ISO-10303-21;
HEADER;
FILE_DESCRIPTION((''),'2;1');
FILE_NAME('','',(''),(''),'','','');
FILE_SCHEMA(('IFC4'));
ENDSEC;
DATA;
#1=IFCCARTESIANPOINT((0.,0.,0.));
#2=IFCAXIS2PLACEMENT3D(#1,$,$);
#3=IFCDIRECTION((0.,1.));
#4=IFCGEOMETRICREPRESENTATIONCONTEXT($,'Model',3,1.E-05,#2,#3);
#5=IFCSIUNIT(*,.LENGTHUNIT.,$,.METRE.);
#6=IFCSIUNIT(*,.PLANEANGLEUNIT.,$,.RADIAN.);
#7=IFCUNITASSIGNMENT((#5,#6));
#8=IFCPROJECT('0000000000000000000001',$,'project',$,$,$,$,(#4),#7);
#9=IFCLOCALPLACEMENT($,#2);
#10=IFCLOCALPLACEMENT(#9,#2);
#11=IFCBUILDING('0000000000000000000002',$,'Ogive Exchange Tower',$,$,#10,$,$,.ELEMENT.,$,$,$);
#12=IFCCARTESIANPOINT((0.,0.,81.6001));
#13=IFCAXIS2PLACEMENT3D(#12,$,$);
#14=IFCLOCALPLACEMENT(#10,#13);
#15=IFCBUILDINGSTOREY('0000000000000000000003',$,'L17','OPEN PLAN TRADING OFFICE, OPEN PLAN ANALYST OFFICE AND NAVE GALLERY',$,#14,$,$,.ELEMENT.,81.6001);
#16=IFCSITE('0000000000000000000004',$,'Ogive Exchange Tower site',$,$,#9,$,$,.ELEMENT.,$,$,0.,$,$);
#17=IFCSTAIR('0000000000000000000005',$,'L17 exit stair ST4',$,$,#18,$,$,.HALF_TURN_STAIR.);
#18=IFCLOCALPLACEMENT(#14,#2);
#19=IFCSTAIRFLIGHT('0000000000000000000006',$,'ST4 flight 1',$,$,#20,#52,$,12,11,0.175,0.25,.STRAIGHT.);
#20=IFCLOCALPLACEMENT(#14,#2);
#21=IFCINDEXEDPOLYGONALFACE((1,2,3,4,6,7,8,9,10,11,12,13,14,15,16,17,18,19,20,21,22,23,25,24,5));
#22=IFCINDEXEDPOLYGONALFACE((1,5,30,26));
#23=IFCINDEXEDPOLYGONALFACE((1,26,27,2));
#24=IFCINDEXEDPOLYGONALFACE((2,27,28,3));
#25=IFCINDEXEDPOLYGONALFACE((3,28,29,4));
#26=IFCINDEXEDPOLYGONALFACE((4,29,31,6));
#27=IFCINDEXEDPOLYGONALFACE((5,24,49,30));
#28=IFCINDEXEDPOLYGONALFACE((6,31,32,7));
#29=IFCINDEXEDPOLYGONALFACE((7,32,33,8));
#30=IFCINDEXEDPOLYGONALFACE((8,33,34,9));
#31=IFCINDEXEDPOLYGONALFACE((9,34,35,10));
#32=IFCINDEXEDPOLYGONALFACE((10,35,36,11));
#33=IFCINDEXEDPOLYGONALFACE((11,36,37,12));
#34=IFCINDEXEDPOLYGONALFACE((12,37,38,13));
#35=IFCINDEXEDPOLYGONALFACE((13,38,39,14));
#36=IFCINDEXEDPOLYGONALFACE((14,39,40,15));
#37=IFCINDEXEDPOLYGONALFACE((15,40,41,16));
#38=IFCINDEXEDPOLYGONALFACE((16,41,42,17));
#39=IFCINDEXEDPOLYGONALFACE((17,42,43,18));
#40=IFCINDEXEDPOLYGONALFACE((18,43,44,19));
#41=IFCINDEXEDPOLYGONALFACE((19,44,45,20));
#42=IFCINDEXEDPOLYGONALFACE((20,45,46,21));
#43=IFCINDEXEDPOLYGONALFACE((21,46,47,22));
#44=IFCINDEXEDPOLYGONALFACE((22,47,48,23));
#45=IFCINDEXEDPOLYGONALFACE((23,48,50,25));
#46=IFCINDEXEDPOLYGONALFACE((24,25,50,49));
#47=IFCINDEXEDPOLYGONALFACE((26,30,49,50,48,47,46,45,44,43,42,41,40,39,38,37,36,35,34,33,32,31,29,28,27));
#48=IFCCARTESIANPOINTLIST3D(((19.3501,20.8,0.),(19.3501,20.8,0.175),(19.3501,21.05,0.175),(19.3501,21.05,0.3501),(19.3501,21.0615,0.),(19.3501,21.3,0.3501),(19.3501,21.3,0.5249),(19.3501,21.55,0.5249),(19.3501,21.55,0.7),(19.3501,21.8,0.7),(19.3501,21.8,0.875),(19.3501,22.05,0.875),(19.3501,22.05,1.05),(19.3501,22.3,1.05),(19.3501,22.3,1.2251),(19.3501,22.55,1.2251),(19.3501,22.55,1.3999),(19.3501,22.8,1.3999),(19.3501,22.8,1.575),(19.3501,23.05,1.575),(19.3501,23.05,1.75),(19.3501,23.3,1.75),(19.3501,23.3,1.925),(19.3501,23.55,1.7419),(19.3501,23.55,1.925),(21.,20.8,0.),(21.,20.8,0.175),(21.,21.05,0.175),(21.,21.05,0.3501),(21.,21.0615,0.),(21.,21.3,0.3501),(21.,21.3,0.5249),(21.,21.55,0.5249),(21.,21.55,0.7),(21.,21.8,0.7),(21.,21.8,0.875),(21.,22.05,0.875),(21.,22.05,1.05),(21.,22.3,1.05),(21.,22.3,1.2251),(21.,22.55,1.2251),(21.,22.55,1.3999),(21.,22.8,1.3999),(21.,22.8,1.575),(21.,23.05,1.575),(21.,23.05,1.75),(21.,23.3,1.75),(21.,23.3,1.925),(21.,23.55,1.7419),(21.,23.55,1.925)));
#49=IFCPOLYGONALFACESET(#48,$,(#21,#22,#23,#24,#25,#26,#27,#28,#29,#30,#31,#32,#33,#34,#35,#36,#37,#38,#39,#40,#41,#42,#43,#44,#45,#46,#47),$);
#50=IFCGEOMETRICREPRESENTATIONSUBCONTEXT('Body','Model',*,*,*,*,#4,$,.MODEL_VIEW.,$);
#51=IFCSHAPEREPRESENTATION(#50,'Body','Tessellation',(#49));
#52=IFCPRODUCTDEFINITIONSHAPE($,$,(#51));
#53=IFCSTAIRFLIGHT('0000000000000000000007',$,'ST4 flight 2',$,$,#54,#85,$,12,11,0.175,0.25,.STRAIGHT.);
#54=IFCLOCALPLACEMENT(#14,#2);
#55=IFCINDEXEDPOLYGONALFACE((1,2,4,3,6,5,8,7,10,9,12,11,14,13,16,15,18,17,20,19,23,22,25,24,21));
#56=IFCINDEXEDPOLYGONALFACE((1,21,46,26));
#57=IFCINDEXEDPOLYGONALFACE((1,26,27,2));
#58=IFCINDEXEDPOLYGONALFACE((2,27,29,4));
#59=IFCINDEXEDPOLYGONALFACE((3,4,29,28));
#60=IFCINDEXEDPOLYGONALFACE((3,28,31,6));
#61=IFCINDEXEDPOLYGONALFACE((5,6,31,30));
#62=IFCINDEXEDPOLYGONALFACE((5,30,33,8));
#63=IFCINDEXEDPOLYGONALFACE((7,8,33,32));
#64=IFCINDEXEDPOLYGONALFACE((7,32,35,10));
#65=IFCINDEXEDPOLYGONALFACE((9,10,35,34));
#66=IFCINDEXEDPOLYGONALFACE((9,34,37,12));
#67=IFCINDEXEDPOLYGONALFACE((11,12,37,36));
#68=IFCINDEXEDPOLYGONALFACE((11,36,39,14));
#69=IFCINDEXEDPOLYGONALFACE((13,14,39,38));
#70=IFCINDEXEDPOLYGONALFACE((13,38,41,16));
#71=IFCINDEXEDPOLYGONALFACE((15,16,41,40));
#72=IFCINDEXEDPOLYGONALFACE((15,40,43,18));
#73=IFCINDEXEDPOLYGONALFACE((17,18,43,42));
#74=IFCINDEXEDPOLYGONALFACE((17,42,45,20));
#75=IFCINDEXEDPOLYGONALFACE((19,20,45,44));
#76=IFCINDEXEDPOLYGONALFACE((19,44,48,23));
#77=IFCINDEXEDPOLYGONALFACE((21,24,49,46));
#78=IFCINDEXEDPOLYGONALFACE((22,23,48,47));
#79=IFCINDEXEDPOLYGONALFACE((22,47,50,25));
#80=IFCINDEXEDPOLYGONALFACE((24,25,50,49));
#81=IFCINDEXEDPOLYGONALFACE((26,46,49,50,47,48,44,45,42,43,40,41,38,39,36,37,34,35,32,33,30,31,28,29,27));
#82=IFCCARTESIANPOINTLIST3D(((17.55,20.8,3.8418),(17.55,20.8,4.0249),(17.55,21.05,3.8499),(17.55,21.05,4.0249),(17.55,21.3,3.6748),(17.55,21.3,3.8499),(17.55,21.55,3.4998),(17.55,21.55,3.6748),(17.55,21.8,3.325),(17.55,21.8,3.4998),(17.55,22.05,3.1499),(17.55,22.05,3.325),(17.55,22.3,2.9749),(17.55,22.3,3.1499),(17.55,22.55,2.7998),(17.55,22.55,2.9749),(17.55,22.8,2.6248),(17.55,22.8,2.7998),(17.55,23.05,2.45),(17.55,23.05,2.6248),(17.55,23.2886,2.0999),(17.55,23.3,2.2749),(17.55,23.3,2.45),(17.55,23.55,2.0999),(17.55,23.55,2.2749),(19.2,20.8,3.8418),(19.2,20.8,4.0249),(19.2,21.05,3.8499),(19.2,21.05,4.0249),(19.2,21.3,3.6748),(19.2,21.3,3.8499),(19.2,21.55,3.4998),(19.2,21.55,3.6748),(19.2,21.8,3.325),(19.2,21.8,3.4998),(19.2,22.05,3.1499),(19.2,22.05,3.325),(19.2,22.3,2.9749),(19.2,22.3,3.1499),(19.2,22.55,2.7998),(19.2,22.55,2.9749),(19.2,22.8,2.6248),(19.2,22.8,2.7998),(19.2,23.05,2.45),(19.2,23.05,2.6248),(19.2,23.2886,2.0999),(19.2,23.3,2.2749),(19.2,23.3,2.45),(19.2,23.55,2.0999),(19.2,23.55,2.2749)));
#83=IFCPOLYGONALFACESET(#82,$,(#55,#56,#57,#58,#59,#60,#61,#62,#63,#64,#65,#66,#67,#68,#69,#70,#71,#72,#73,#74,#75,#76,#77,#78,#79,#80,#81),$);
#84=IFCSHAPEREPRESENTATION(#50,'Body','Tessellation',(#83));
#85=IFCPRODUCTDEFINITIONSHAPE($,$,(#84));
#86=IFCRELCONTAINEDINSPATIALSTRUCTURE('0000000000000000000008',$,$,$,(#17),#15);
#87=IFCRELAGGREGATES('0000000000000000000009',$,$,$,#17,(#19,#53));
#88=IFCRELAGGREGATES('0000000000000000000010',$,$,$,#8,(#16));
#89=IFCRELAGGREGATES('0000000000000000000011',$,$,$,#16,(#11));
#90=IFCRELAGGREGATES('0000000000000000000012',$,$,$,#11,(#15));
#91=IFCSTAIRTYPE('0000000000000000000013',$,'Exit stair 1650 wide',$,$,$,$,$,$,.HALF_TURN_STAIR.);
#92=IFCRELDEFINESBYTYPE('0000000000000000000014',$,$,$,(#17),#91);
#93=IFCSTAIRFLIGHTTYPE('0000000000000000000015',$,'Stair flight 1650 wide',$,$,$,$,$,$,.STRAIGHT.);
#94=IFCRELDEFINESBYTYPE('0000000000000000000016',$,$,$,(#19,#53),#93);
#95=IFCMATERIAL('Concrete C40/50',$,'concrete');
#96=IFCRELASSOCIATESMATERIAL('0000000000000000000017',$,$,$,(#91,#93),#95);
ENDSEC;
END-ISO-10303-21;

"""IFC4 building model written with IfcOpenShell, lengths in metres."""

from ifc_helpers import new_model, si_unit, direction, frame, origin, place, context, subcontext, project, spatial, polyline, outline, extrude, material, type_object, element, aggregate, save


model = new_model("IFC4")

# Units and contexts
model_context = context("Model", 3, precision=1e-05, world=origin(), true_north=direction((0.0, 1.0)))
body_context = subcontext(model_context, "Body", "Model", "MODEL_VIEW")
ifc_project = project(units=[si_unit("LENGTHUNIT", "METRE"), si_unit("PLANEANGLEUNIT", "RADIAN")], contexts=[model_context])

# Site, building, storey
site_placement = place(None, origin())
site = spatial("IfcSite", under=ifc_project, at=site_placement, Name="Ogive Exchange Tower site", CompositionType="ELEMENT", RefElevation=0.0)
building_placement = place(site_placement, origin())
building = spatial("IfcBuilding", under=site, at=building_placement, Name="Ogive Exchange Tower", CompositionType="ELEMENT")
storey_placement = place(building_placement, frame((0.0, 0.0, 81.6001)))
storey = spatial("IfcBuildingStorey", under=building, at=storey_placement, Name="L17", Description="OPEN PLAN TRADING OFFICE, OPEN PLAN ANALYST OFFICE AND NAVE GALLERY", CompositionType="ELEMENT", Elevation=81.6001)

# Stair, stair flights
ifc_material_1 = material(Name="Concrete C40/50", Category="concrete")
stair_type = type_object("IfcStairType", Name="Exit stair 1650 wide", PredefinedType="HALF_TURN_STAIR", material=ifc_material_1)
stair_placement = place(storey_placement, origin())
stair = element("IfcStair", 1, at=stair_placement, inside=storey, type_object=stair_type, Name="L17 exit stair ST4", PredefinedType="HALF_TURN_STAIR")
stair_flight_type = type_object("IfcStairFlightType", Name="Stair flight 1650 wide", PredefinedType="STRAIGHT", material=ifc_material_1)
stair_flight_1_placement = place(storey_placement, frame((20.175, 20.8, 0.0), z_axis=(0.0, 0.0, 1.0), x_axis=(0.0, 1.0, 0.0)))
stair_flight_1 = element("IfcStairFlight", 2, at=stair_flight_1_placement, type_object=stair_flight_type, Name="ST4 flight 1", NumberOfRisers=12, NumberOfTreads=11, PredefinedType="STRAIGHT", RiserHeight=0.175, TreadLength=0.25, context=body_context, shape_type="SweptSolid", body=[
    extrude(outline(polyline([(0.0, 0.0), (0.0, 0.175), (0.25, 0.175), (0.25, 0.3501), (0.5, 0.3501), (0.5, 0.5249), (0.75, 0.5249), (0.75, 0.7), (1.0, 0.7), (1.0, 0.875), (1.25, 0.875), (1.25, 1.05), (1.5, 1.05), (1.5, 1.2251), (1.75, 1.2251), (1.75, 1.3999), (2.0, 1.3999), (2.0, 1.575), (2.25, 1.575), (2.25, 1.75), (2.5, 1.75), (2.5, 1.925), (2.75, 1.925), (2.75, 2.1001), (2.75, 1.7419), (0.2615, 0.0), (0.0, 0.0)])), frame((0.0, 0.825, 0.0), z_axis=(0.0, -1.0, 0.0), x_axis=(1.0, 0.0, 0.0)), (0.0, 0.0, 1.0), 1.6499),
])
stair_flight_2_placement = place(storey_placement, frame((18.375, 23.55, 2.0999), z_axis=(0.0, 0.0, 1.0), x_axis=(0.0, -1.0, 0.0)))
stair_flight_2 = element("IfcStairFlight", 3, at=stair_flight_2_placement, type_object=stair_flight_type, Name="ST4 flight 2", NumberOfRisers=12, NumberOfTreads=11, PredefinedType="STRAIGHT", RiserHeight=0.175, TreadLength=0.25, context=body_context, shape_type="SweptSolid", body=[
    extrude(outline(polyline([(0.0, 0.0), (0.0, 0.175), (0.25, 0.175), (0.25, 0.3501), (0.5, 0.3501), (0.5, 0.5249), (0.75, 0.5249), (0.75, 0.7), (1.0, 0.7), (1.0, 0.875), (1.25, 0.875), (1.25, 1.05), (1.5, 1.05), (1.5, 1.2251), (1.75, 1.2251), (1.75, 1.3999), (2.0, 1.3999), (2.0, 1.575), (2.25, 1.575), (2.25, 1.75), (2.5, 1.75), (2.5, 1.925), (2.75, 1.925), (2.75, 2.1001), (2.75, 1.7419), (0.2615, 0.0), (0.0, 0.0)])), frame((0.0, 0.825, 0.0), z_axis=(0.0, -1.0, 0.0), x_axis=(1.0, 0.0, 0.0)), (0.0, 0.0, 1.0), 1.6499),
])
aggregate(stair, [stair_flight_1, stair_flight_2])

save(model, "model.ifc")
